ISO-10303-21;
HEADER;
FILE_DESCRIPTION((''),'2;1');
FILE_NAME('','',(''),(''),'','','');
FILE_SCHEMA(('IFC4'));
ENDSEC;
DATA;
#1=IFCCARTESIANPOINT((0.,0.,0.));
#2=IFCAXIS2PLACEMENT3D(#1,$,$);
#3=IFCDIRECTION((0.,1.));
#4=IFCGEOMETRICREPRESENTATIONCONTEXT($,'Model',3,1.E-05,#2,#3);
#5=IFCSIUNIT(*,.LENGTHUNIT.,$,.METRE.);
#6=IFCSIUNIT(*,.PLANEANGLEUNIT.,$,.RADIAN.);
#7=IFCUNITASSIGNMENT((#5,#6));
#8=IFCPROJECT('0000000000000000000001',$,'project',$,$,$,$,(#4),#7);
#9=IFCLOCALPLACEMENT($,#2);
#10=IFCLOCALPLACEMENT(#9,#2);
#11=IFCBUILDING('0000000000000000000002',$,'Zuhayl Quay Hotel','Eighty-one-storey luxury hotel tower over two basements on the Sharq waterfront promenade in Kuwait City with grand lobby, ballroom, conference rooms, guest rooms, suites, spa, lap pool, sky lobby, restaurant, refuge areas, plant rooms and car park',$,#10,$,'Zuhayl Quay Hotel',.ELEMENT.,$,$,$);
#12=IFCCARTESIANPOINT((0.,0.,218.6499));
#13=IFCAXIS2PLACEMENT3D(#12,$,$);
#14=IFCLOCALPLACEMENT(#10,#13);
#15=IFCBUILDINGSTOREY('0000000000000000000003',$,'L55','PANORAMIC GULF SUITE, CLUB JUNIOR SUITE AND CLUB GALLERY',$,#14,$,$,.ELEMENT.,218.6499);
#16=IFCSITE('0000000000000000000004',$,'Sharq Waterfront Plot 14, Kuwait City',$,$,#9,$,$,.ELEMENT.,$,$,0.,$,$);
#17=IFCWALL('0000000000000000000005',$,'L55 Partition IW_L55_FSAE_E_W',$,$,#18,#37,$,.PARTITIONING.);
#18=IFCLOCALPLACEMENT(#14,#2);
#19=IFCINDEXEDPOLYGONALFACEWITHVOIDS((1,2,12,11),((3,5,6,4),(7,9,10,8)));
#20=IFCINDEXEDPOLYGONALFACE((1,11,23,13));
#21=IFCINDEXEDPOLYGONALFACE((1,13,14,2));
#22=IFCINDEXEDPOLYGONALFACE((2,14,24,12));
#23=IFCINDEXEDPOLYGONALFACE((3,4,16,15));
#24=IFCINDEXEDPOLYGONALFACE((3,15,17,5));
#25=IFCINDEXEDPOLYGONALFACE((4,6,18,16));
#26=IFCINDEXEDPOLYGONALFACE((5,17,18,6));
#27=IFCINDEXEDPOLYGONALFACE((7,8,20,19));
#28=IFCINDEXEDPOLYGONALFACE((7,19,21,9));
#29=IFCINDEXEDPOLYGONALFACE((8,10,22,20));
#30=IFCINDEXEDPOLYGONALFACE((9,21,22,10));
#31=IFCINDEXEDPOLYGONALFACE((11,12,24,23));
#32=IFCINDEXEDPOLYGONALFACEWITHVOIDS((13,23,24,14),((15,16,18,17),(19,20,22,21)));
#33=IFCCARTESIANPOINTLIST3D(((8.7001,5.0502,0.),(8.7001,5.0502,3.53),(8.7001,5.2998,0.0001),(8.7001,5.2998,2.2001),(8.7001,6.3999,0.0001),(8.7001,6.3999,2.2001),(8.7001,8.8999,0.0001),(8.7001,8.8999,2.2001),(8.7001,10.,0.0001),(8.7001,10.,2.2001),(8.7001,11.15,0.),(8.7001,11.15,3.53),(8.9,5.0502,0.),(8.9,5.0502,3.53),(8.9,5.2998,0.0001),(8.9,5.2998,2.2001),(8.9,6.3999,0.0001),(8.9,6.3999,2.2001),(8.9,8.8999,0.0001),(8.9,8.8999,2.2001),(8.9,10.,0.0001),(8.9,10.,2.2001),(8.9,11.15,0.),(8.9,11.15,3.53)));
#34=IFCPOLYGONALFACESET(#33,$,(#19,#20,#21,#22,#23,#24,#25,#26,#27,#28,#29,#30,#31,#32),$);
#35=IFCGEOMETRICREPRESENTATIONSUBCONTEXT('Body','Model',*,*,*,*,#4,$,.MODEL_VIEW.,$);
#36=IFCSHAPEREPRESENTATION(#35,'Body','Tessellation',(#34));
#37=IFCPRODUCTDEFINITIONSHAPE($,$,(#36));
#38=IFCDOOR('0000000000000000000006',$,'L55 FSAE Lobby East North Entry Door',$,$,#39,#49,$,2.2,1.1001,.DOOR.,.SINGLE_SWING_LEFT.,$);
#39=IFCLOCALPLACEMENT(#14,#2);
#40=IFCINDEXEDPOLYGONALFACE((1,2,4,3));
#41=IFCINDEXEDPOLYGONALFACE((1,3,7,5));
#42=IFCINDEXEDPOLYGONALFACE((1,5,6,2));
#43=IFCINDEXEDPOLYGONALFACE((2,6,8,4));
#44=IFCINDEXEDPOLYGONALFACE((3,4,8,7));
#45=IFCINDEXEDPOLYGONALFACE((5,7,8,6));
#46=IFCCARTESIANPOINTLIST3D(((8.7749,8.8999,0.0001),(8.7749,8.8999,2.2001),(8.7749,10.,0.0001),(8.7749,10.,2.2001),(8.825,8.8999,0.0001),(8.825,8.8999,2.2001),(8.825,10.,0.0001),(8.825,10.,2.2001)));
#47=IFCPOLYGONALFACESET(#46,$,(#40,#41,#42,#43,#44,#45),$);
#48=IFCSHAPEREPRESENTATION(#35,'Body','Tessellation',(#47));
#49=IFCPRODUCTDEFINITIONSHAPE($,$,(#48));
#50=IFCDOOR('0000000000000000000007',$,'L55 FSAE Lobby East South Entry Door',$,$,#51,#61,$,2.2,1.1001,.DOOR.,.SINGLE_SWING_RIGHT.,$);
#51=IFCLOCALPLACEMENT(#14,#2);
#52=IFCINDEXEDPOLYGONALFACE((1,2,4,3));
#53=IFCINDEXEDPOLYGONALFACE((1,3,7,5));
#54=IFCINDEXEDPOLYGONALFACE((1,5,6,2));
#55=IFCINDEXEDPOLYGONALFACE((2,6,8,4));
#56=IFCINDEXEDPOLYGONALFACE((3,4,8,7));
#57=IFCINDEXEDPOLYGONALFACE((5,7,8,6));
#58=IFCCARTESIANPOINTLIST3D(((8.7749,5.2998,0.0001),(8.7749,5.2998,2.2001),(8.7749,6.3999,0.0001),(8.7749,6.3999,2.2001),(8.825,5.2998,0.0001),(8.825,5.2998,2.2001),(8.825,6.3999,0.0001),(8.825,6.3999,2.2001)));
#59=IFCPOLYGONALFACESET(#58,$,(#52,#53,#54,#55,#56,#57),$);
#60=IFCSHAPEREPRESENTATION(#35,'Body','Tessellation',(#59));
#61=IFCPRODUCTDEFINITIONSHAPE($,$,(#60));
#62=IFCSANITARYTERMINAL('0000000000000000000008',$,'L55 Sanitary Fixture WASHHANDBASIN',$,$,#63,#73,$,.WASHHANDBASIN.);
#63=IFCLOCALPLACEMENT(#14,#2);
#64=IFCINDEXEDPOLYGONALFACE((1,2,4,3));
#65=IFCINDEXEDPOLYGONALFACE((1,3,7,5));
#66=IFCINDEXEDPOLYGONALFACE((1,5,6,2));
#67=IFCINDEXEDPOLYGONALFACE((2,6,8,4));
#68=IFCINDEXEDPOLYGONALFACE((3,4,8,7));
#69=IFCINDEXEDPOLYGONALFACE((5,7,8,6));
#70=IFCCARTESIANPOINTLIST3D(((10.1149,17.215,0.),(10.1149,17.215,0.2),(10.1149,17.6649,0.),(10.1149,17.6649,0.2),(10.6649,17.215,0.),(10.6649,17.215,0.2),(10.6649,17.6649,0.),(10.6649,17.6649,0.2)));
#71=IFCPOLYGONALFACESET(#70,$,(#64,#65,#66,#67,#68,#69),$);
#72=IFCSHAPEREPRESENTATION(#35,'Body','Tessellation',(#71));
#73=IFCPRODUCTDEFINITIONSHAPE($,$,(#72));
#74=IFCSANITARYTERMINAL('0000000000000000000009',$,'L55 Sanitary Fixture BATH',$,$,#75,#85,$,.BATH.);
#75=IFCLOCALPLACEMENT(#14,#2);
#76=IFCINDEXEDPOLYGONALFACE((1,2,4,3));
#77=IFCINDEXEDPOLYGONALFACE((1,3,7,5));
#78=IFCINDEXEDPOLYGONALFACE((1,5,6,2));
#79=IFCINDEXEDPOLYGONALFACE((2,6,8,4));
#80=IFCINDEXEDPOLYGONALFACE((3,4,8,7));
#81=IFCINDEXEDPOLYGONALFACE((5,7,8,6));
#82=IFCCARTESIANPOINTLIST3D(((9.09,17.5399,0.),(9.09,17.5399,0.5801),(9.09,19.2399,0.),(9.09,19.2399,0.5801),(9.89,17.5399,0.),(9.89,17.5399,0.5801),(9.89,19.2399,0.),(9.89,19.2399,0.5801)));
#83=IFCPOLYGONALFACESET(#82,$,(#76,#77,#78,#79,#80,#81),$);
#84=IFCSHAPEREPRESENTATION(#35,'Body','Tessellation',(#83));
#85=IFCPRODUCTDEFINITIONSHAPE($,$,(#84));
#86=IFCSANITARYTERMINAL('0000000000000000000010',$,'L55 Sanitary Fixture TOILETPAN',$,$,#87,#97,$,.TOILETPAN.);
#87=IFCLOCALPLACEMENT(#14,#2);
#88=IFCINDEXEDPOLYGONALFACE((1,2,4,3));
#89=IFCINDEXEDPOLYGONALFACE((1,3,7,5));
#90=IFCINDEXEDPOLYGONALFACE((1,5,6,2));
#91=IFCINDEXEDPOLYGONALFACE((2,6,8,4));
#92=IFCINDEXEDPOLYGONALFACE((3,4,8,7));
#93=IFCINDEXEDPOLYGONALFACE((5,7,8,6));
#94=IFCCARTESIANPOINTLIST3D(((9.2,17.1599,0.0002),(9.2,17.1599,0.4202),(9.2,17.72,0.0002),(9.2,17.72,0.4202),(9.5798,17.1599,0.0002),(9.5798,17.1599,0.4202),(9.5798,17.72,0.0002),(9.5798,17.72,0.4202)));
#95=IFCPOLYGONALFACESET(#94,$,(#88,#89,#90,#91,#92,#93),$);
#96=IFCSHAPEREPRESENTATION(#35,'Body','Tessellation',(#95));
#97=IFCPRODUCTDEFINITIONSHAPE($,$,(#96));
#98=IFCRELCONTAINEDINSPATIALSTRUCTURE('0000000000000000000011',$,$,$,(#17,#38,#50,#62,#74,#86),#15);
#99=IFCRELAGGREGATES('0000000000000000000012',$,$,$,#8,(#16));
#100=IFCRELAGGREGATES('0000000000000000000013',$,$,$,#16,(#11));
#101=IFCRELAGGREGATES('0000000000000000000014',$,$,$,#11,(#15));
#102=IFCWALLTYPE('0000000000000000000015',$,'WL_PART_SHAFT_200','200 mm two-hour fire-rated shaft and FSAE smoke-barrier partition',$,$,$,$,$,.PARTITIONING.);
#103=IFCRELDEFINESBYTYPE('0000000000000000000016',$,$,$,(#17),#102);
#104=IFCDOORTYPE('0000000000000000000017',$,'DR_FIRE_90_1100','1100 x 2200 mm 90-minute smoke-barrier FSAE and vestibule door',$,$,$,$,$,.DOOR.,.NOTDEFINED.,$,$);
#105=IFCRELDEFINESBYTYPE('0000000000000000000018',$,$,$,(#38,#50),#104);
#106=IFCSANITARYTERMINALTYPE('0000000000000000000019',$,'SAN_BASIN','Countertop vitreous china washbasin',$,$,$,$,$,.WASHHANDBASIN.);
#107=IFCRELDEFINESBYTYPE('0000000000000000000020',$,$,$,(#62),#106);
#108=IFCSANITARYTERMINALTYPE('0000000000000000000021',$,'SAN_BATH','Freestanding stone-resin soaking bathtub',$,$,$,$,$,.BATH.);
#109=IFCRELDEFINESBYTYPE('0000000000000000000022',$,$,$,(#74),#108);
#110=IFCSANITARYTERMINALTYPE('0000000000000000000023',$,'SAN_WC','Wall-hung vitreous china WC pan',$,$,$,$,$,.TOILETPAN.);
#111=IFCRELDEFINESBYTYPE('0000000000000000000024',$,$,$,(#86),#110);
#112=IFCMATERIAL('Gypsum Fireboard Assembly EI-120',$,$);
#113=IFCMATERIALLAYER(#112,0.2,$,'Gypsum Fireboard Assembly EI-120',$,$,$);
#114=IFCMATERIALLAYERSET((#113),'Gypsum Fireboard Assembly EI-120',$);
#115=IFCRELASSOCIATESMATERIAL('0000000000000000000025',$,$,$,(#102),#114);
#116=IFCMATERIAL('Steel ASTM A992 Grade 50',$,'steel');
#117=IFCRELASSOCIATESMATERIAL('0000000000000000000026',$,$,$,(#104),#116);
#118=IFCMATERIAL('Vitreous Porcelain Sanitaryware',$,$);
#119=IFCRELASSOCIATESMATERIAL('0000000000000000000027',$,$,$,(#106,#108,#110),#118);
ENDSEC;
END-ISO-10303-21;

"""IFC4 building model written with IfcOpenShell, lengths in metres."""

from ifc_helpers import new_model, si_unit, direction, frame, frame_2d, origin, origin_2d, place, context, subcontext, project, spatial, rectangle, extrude, material, layer, layer_set, type_object, element, fill, save


model = new_model("IFC4")

# Units and contexts
model_context = context("Model", 3, precision=1e-05, world=origin(), true_north=direction((0.0, 1.0)))
body_context = subcontext(model_context, "Body", "Model", "MODEL_VIEW")
ifc_project = project(units=[si_unit("LENGTHUNIT", "METRE"), si_unit("PLANEANGLEUNIT", "RADIAN")], contexts=[model_context])

# Site, building, storey
site_placement = place(None, origin())
site = spatial("IfcSite", under=ifc_project, at=site_placement, Name="Sharq Waterfront Plot 14, Kuwait City", CompositionType="ELEMENT", RefElevation=0.0)
building_placement = place(site_placement, origin())
building = spatial("IfcBuilding", under=site, at=building_placement, Name="Zuhayl Quay Hotel", Description="Eighty-one-storey luxury hotel tower over two basements on the Sharq waterfront promenade in Kuwait City with grand lobby, ballroom, conference rooms, guest rooms, suites, spa, lap pool, sky lobby, restaurant, refuge areas, plant rooms and car park", LongName="Zuhayl Quay Hotel", CompositionType="ELEMENT")
storey_placement = place(building_placement, frame((0.0, 0.0, 218.6499)))
storey = spatial("IfcBuildingStorey", under=building, at=storey_placement, Name="L55", Description="PANORAMIC GULF SUITE, CLUB JUNIOR SUITE AND CLUB GALLERY", CompositionType="ELEMENT", Elevation=218.6499)

# Shared definitions
ifc_material_1 = material(Name="Steel ASTM A992 Grade 50", Category="steel")

# Wall, openings, doors
ifc_material_2 = material(Name="Gypsum Fireboard Assembly EI-120")
ifc_layer_1 = layer(ifc_material_2, 0.2, Name="Gypsum Fireboard Assembly EI-120")
ifc_layer_set_1 = layer_set([ifc_layer_1], Name="Gypsum Fireboard Assembly EI-120")
wall_type_1 = type_object("IfcWallType", Name="WL_PART_SHAFT_200", Description="200 mm two-hour fire-rated shaft and FSAE smoke-barrier partition", PredefinedType="PARTITIONING", material=ifc_layer_set_1)
wall_1_placement = place(storey_placement, frame((8.8, 11.1499, 0.0), z_axis=(0.0, 0.0, 1.0), x_axis=(0.0, -1.0, 0.0)))
wall_1 = element("IfcWall", 1, at=wall_1_placement, inside=storey, type_object=wall_type_1, Name="L55 Partition IW_L55_FSAE_E_W", PredefinedType="PARTITIONING", context=body_context, shape_type="SweptSolid", body=[
    extrude(rectangle(XDim=6.0999, YDim=0.2, at=frame_2d((3.0498, 0.0))), origin(), (0.0, 0.0, 1.0), 3.53),
])
opening_1_placement = place(wall_1_placement, frame((1.1499, 0.0, 0.0)))
opening_1 = element("IfcOpeningElement", 2, at=opening_1_placement, cuts=wall_1, PredefinedType="OPENING", context=body_context, shape_type="SweptSolid", body=[
    extrude(rectangle(XDim=1.1001, YDim=2.2, at=frame_2d((0.55, 1.1001))), frame((0.0, 0.1099, 0.0), z_axis=(0.0, -1.0, 0.0), x_axis=(1.0, 0.0, 0.0)), (0.0, 0.0, 1.0), 0.22),
])
opening_2_placement = place(wall_1_placement, frame((4.75, 0.0, 0.0)))
opening_2 = element("IfcOpeningElement", 3, at=opening_2_placement, cuts=wall_1, PredefinedType="OPENING", context=body_context, shape_type="SweptSolid", body=[
    extrude(rectangle(XDim=1.1001, YDim=2.2, at=frame_2d((0.55, 1.1001))), frame((0.0, 0.1099, 0.0), z_axis=(0.0, -1.0, 0.0), x_axis=(1.0, 0.0, 0.0)), (0.0, 0.0, 1.0), 0.22),
])
door_type_1 = type_object("IfcDoorType", Name="DR_FIRE_90_1100", Description="1100 x 2200 mm 90-minute smoke-barrier FSAE and vestibule door", OperationType="NOTDEFINED", PredefinedType="DOOR", material=ifc_material_1)
door_1_placement = place(opening_1_placement, origin())
door_1 = element("IfcDoor", 4, at=door_1_placement, inside=storey, type_object=door_type_1, Name="L55 FSAE Lobby East North Entry Door", OperationType="SINGLE_SWING_LEFT", OverallHeight=2.2, OverallWidth=1.1001, PredefinedType="DOOR", context=body_context, shape_type="SweptSolid", body=[
    extrude(rectangle(XDim=1.1001, YDim=2.2, at=frame_2d((0.55, 1.1001))), frame((0.0, 0.0249, 0.0), z_axis=(0.0, -1.0, 0.0), x_axis=(1.0, 0.0, 0.0)), (0.0, 0.0, 1.0), 0.05),
])
fill(opening_1, door_1)
door_2_placement = place(opening_2_placement, origin())
door_2 = element("IfcDoor", 5, at=door_2_placement, inside=storey, type_object=door_type_1, Name="L55 FSAE Lobby East South Entry Door", OperationType="SINGLE_SWING_RIGHT", OverallHeight=2.2, OverallWidth=1.1001, PredefinedType="DOOR", context=body_context, shape_type="SweptSolid", body=[
    extrude(rectangle(XDim=1.1001, YDim=2.2, at=frame_2d((0.55, 1.1001))), frame((0.0, 0.0249, 0.0), z_axis=(0.0, -1.0, 0.0), x_axis=(1.0, 0.0, 0.0)), (0.0, 0.0, 1.0), 0.05),
])
fill(opening_2, door_2)

# Sanitary terminals
ifc_material_3 = material(Name="Vitreous Porcelain Sanitaryware")
sanitary_terminal_type_1 = type_object("IfcSanitaryTerminalType", Name="SAN_BASIN", Description="Countertop vitreous china washbasin", PredefinedType="WASHHANDBASIN", material=ifc_material_3)
sanitary_terminal_1_placement = place(storey_placement, frame((10.3899, 17.4399, 0.0), z_axis=(0.0, 0.0, 1.0), x_axis=(1.0, 0.0, 0.0)))
element("IfcSanitaryTerminal", 6, at=sanitary_terminal_1_placement, inside=storey, type_object=sanitary_terminal_type_1, Name="L55 Sanitary Fixture WASHHANDBASIN", PredefinedType="WASHHANDBASIN", context=body_context, shape_type="SweptSolid", body=[
    extrude(rectangle(XDim=0.55, YDim=0.45, at=origin_2d()), origin(), (0.0, 0.0, 1.0), 0.2),
])
sanitary_terminal_type_2 = type_object("IfcSanitaryTerminalType", Name="SAN_BATH", Description="Freestanding stone-resin soaking bathtub", PredefinedType="BATH", material=ifc_material_3)
sanitary_terminal_2_placement = place(storey_placement, frame((9.49, 18.3899, 0.0), z_axis=(0.0, 0.0, 1.0), x_axis=(1.0, 0.0, 0.0)))
element("IfcSanitaryTerminal", 7, at=sanitary_terminal_2_placement, inside=storey, type_object=sanitary_terminal_type_2, Name="L55 Sanitary Fixture BATH", PredefinedType="BATH", context=body_context, shape_type="SweptSolid", body=[
    extrude(rectangle(XDim=0.8, YDim=1.7, at=origin_2d()), origin(), (0.0, 0.0, 1.0), 0.5801),
])
sanitary_terminal_type_3 = type_object("IfcSanitaryTerminalType", Name="SAN_WC", Description="Wall-hung vitreous china WC pan", PredefinedType="TOILETPAN", material=ifc_material_3)
sanitary_terminal_3_placement = place(storey_placement, frame((9.3899, 17.4399, 0.0002), z_axis=(0.0, 0.0, 1.0), x_axis=(1.0, 0.0, 0.0)))
element("IfcSanitaryTerminal", 8, at=sanitary_terminal_3_placement, inside=storey, type_object=sanitary_terminal_type_3, Name="L55 Sanitary Fixture TOILETPAN", PredefinedType="TOILETPAN", context=body_context, shape_type="SweptSolid", body=[
    extrude(rectangle(XDim=0.3799, YDim=0.5601, at=origin_2d()), origin(), (0.0, 0.0, 1.0), 0.4199),
])

save(model, "model.ifc")
